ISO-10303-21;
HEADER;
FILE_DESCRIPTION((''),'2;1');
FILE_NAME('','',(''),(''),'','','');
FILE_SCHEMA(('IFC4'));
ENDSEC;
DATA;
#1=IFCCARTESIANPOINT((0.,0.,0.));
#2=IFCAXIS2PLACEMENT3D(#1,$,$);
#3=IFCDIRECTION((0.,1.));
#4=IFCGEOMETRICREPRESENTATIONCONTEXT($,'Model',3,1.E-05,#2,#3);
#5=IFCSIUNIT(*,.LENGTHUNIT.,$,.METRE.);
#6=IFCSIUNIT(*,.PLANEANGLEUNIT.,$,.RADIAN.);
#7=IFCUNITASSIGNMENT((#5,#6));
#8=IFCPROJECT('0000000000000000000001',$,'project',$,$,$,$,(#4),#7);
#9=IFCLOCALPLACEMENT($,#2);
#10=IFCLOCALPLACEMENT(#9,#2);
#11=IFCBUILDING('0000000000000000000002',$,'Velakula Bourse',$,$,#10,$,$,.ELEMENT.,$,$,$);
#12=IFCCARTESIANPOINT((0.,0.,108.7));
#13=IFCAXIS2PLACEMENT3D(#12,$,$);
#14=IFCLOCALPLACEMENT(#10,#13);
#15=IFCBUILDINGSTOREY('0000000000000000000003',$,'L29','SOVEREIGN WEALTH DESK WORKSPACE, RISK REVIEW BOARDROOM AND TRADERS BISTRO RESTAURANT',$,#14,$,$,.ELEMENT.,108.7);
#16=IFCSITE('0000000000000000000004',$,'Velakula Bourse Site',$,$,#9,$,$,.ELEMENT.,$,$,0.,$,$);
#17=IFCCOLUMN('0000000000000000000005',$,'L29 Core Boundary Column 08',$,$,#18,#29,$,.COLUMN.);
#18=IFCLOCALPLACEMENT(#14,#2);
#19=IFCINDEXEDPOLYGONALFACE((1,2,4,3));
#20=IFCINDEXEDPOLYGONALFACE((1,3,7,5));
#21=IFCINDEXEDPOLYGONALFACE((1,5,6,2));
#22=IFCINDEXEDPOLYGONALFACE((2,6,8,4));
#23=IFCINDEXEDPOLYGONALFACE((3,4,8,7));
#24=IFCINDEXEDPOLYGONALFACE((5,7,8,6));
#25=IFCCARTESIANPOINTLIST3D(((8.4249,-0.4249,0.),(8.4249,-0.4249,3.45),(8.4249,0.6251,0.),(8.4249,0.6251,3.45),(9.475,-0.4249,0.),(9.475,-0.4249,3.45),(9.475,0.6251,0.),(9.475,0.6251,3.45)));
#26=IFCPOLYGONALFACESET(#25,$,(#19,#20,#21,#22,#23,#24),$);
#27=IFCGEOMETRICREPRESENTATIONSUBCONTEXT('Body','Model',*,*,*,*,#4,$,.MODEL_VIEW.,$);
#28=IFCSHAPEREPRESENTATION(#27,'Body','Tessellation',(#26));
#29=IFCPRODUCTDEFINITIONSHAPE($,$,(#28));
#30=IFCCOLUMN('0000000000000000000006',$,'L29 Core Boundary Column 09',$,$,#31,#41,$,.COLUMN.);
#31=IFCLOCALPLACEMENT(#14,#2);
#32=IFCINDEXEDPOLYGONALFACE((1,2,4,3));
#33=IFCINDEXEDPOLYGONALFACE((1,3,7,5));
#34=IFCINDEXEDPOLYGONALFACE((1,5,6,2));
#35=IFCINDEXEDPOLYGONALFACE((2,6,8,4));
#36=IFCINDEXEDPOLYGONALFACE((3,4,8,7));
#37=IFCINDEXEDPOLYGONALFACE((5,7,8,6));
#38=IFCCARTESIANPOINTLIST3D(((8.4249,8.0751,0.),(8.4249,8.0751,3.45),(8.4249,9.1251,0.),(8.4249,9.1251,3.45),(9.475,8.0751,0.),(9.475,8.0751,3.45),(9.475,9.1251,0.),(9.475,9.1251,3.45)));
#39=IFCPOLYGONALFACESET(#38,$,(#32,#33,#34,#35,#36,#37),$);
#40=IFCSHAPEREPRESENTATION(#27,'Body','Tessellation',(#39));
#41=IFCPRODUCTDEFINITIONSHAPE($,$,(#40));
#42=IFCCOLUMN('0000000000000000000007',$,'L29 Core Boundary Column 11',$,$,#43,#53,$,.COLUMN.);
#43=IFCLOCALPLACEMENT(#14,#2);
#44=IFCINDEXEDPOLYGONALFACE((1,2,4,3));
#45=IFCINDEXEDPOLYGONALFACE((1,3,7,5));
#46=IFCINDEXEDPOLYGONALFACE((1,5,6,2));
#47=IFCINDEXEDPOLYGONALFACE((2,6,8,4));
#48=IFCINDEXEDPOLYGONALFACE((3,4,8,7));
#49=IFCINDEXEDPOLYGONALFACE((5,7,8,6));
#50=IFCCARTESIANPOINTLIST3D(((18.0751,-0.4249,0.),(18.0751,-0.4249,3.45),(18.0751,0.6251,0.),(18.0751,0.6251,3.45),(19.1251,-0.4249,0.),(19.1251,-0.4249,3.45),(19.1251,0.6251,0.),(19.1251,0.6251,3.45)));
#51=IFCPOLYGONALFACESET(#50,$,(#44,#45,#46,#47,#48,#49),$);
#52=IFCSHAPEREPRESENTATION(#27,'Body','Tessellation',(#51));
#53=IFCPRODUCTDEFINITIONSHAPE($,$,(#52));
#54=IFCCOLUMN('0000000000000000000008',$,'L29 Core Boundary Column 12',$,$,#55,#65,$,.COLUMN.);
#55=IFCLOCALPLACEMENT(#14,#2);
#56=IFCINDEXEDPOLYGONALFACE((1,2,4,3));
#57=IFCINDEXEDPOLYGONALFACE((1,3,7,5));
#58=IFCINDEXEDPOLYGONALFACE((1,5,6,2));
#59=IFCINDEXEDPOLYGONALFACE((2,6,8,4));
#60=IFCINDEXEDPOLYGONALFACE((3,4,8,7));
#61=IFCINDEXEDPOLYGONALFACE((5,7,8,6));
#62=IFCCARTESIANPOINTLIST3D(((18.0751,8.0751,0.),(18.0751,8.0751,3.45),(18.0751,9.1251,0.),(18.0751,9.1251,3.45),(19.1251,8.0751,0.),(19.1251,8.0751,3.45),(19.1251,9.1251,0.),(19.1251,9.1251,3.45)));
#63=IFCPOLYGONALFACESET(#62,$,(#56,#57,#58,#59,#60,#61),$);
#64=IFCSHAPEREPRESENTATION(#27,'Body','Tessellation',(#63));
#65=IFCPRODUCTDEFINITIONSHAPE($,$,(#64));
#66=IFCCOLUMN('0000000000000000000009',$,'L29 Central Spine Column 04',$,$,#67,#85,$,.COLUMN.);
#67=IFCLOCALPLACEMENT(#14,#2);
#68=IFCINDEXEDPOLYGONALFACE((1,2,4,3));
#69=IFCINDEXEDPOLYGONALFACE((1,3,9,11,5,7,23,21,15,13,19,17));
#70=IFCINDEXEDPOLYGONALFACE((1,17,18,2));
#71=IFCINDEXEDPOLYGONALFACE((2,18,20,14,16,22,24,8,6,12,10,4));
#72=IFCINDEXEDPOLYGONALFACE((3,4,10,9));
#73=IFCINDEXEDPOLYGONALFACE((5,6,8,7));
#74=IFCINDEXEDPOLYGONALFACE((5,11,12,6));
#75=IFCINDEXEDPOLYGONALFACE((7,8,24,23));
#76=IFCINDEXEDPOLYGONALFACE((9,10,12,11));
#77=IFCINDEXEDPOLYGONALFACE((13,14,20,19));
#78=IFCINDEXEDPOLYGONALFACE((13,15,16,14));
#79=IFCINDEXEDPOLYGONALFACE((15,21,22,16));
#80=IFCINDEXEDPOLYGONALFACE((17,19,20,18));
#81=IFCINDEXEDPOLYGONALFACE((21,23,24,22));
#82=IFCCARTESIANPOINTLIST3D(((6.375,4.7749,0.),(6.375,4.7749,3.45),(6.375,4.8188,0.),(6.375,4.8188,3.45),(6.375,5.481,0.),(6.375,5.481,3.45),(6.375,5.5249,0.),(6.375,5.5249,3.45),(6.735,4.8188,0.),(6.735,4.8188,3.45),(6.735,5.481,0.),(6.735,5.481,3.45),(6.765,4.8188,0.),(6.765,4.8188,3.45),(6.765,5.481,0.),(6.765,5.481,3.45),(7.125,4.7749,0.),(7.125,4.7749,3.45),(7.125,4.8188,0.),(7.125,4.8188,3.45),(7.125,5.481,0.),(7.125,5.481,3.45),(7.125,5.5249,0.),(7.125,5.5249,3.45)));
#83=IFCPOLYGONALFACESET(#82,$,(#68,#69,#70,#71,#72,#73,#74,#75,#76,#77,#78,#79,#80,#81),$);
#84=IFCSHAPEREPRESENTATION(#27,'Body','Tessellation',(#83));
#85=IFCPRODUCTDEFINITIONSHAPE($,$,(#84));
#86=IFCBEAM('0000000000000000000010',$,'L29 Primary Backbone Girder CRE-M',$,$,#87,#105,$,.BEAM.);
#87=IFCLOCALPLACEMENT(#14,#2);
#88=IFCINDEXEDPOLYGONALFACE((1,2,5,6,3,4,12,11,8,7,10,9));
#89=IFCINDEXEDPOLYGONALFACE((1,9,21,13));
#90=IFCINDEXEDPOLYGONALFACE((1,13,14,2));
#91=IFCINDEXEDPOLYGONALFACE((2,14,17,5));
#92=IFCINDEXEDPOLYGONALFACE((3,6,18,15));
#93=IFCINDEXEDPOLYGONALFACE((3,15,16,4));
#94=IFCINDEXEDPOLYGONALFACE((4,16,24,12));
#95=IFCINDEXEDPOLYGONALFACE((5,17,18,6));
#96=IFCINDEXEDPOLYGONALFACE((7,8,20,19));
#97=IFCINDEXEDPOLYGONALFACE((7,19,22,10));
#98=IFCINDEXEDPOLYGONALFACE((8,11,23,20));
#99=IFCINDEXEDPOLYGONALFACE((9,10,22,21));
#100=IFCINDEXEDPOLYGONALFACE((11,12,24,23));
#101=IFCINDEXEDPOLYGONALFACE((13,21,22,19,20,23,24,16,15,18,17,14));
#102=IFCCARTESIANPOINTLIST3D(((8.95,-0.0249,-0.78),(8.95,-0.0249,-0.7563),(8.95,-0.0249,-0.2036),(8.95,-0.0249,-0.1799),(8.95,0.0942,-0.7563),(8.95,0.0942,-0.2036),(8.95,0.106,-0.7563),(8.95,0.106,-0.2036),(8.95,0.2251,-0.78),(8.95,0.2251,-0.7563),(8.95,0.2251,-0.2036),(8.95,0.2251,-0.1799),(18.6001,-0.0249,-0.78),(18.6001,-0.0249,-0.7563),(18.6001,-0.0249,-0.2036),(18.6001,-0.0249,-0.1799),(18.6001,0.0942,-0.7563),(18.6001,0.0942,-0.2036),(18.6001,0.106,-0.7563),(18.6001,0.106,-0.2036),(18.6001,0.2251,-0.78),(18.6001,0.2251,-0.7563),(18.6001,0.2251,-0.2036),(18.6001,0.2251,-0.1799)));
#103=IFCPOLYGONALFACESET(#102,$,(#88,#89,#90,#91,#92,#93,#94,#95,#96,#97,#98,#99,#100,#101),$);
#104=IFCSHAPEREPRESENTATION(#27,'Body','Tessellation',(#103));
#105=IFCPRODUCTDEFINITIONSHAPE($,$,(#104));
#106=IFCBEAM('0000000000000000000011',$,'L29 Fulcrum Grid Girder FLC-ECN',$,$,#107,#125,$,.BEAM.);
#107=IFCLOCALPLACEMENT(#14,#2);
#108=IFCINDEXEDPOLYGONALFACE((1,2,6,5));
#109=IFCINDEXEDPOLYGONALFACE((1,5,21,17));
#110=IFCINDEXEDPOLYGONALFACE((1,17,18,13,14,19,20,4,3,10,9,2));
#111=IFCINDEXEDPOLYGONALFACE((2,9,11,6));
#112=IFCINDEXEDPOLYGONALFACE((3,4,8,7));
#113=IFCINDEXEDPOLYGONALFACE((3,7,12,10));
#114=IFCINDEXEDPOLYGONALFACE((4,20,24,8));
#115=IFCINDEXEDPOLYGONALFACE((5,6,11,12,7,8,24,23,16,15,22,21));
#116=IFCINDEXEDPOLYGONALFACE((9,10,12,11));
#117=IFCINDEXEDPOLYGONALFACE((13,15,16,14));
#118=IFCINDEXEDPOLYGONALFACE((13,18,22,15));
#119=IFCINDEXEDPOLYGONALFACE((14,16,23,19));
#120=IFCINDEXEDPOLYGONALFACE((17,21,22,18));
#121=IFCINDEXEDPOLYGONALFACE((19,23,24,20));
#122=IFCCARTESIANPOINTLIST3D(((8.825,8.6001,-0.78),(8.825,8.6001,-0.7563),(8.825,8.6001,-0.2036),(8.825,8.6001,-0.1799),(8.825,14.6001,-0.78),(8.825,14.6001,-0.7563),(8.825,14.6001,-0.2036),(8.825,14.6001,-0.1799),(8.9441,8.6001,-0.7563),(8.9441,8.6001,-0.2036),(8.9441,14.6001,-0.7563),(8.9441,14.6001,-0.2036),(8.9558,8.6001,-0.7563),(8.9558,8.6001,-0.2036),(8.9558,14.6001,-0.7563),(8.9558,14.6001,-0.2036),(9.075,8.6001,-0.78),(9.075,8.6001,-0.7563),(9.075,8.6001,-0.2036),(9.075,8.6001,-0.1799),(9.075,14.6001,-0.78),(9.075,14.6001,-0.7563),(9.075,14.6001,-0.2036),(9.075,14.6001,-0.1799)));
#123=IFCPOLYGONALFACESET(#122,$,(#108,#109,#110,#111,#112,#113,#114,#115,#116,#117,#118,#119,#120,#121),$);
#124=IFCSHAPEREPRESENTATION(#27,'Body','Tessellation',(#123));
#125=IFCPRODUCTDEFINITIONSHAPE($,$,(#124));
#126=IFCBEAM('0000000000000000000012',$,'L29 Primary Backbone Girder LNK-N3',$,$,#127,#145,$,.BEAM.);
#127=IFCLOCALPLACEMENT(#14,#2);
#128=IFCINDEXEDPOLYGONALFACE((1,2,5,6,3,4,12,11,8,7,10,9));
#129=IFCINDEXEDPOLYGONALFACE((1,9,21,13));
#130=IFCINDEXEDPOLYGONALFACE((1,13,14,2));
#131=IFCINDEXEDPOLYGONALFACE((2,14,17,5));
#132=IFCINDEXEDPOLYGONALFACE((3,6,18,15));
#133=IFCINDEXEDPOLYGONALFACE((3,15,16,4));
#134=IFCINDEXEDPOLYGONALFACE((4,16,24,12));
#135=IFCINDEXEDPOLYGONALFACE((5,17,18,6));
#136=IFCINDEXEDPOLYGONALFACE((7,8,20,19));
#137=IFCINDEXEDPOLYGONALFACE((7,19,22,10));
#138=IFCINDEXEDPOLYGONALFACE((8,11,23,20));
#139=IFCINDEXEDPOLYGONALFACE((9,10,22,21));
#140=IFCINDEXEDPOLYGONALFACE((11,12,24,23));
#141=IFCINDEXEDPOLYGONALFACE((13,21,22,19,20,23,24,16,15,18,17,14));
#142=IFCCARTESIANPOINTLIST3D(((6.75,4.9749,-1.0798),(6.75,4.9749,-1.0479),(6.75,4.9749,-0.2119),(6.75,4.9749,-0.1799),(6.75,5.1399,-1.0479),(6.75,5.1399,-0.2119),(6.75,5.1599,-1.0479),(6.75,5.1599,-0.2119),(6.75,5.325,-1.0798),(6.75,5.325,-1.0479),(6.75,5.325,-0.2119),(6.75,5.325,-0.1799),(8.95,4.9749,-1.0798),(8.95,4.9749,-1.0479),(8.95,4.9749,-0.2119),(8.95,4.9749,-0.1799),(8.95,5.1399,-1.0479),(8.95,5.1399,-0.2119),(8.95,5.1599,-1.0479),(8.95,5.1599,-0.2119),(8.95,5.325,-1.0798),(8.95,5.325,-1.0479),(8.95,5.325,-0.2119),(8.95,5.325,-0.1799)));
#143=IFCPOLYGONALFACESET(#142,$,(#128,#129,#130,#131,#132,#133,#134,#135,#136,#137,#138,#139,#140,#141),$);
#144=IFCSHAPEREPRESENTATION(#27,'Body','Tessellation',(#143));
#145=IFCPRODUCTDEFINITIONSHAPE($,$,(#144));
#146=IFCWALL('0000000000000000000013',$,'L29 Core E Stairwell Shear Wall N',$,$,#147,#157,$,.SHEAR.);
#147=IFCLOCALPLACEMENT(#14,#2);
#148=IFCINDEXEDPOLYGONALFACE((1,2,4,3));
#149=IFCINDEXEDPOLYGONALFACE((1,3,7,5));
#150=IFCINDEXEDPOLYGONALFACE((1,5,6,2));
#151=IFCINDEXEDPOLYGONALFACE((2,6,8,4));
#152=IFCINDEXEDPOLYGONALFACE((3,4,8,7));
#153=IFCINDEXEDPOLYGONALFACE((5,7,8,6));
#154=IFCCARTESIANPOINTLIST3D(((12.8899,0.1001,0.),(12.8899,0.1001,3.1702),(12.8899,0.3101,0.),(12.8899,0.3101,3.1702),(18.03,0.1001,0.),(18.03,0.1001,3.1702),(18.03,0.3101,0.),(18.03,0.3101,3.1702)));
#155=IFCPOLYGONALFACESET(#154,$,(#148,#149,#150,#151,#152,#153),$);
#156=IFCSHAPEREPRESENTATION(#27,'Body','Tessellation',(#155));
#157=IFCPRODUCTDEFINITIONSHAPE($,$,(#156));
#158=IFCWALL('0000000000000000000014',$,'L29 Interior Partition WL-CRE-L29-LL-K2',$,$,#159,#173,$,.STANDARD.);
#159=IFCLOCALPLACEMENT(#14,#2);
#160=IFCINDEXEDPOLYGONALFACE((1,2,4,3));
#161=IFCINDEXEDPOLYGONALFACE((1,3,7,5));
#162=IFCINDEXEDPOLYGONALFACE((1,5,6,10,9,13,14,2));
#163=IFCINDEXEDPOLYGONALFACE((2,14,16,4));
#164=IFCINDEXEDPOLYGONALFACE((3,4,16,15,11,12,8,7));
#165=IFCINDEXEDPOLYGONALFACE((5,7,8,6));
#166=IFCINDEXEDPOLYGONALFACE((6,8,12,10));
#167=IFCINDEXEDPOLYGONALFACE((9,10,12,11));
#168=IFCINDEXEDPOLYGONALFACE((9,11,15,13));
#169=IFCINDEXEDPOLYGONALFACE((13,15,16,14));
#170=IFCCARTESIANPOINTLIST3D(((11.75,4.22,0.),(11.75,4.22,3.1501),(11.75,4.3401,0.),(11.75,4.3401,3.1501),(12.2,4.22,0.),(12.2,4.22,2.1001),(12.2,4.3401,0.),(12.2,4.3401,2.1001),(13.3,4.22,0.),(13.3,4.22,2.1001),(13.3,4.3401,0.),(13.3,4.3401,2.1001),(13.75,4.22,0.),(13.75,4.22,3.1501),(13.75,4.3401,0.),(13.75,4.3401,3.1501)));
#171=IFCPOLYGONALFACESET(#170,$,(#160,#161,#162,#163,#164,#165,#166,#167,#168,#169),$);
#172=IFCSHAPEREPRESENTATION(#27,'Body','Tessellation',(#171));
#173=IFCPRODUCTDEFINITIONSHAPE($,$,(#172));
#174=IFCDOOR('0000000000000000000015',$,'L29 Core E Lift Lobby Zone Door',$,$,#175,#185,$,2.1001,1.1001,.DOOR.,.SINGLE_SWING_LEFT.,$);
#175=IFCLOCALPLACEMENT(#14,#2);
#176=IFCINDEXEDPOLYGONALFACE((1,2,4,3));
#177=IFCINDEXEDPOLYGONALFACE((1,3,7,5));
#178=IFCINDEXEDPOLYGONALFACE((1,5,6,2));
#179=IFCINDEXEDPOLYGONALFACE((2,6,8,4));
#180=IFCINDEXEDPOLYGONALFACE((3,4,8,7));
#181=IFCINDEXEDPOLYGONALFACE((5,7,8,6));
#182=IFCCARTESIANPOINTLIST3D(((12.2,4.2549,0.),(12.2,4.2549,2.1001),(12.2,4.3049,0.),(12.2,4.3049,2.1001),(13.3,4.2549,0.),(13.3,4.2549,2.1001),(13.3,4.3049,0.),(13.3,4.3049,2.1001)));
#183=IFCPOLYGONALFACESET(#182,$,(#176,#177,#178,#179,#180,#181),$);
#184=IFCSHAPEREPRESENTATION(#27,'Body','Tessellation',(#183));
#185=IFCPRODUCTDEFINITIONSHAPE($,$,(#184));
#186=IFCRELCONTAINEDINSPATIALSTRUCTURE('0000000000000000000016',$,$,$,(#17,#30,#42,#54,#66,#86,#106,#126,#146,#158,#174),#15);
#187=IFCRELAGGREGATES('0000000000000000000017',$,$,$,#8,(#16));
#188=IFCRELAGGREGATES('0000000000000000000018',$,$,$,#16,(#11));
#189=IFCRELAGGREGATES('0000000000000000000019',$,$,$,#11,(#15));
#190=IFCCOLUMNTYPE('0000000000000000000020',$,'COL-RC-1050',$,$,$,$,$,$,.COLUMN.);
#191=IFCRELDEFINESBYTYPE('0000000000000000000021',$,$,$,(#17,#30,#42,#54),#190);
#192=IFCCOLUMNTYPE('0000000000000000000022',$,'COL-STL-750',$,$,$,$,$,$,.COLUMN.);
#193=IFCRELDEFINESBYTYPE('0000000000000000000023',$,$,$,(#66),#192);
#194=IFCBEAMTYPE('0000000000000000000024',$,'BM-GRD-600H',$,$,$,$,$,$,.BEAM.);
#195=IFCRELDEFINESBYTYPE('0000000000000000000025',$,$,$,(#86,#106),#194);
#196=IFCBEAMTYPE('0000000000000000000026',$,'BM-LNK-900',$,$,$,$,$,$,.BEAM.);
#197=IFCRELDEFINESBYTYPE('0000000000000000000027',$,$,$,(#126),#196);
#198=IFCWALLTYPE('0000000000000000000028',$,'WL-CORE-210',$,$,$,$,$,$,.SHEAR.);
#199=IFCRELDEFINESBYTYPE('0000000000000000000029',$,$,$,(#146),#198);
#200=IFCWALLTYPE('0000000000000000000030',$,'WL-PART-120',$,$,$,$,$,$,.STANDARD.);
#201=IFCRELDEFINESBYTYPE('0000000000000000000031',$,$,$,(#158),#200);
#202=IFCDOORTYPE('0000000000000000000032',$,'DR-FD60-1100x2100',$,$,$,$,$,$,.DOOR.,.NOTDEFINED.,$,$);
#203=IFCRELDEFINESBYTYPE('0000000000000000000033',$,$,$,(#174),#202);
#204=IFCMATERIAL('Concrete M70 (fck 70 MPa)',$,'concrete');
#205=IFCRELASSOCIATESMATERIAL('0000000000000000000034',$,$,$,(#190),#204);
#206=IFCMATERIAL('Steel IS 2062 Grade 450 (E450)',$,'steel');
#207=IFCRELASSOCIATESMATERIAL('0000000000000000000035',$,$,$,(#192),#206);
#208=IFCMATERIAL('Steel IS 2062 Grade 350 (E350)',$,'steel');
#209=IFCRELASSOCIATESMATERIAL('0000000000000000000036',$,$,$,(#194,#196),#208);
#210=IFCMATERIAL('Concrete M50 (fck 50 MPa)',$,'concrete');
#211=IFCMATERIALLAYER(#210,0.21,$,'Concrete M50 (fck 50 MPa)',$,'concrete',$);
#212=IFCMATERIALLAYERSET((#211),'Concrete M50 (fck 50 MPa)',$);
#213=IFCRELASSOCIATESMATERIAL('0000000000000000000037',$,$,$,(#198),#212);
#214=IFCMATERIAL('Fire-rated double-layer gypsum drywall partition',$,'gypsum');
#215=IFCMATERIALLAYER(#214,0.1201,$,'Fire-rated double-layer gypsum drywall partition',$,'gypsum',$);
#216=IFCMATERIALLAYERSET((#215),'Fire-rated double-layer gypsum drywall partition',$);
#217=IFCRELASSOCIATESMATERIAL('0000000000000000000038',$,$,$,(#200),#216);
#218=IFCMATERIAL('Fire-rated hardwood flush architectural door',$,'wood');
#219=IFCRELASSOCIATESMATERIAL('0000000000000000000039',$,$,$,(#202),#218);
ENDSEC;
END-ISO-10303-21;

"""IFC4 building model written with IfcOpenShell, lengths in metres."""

from ifc_helpers import new_model, si_unit, direction, frame, frame_2d, origin, origin_2d, place, context, subcontext, project, spatial, rectangle, i_section, extrude, material, layer, layer_set, material_profile, profile_set, type_object, element, fill, save


model = new_model("IFC4")

# Units and contexts
model_context = context("Model", 3, precision=1e-05, world=origin(), true_north=direction((0.0, 1.0)))
body_context = subcontext(model_context, "Body", "Model", "MODEL_VIEW")
ifc_project = project(units=[si_unit("LENGTHUNIT", "METRE"), si_unit("PLANEANGLEUNIT", "RADIAN")], contexts=[model_context])

# Site, building, storey
site_placement = place(None, origin())
site = spatial("IfcSite", under=ifc_project, at=site_placement, Name="Velakula Bourse Site", CompositionType="ELEMENT", RefElevation=0.0)
building_placement = place(site_placement, origin())
building = spatial("IfcBuilding", under=site, at=building_placement, Name="Velakula Bourse", CompositionType="ELEMENT")
storey_placement = place(building_placement, frame((0.0, 0.0, 108.7)))
storey = spatial("IfcBuildingStorey", under=building, at=storey_placement, Name="L29", Description="SOVEREIGN WEALTH DESK WORKSPACE, RISK REVIEW BOARDROOM AND TRADERS BISTRO RESTAURANT", CompositionType="ELEMENT", Elevation=108.7)

# Columns
ifc_material_1 = material(Name="Concrete M70 (fck 70 MPa)", Category="concrete")
ifc_material_profile_1 = material_profile(ifc_material_1, rectangle(XDim=1.05, YDim=1.05, at=origin_2d()), Name="Concrete M70 (fck 70 MPa)")
ifc_profile_set_1 = profile_set([ifc_material_profile_1], Name="Concrete M70 (fck 70 MPa)")
column_type_1 = type_object("IfcColumnType", Name="COL-RC-1050", PredefinedType="COLUMN", material=ifc_profile_set_1)
for number, where, z_axis, x_axis, name in (
    (1, (8.95, 0.1001, 0.0), (0.0, 0.0, 1.0), (1.0, 0.0, 0.0), "L29 Core Boundary Column 08"),
    (2, (8.95, 8.6001, 0.0), (0.0, 0.0, 1.0), (1.0, 0.0, 0.0), "L29 Core Boundary Column 09"),
    (3, (18.6001, 0.1001, 0.0), (0.0, 0.0, 1.0), (1.0, 0.0, 0.0), "L29 Core Boundary Column 11"),
    (4, (18.6001, 8.6001, 0.0), (0.0, 0.0, 1.0), (1.0, 0.0, 0.0), "L29 Core Boundary Column 12"),
):
    element("IfcColumn", number, at=place(storey_placement, frame(where, z_axis=z_axis, x_axis=x_axis)), inside=storey, type_object=column_type_1, Name=name, PredefinedType="COLUMN", context=body_context, shape_type="SweptSolid", body=[
        extrude(rectangle(XDim=1.05, YDim=1.05, at=origin_2d()), origin(), (0.0, 0.0, 1.0), 3.45),
    ])
ifc_material_2 = material(Name="Steel IS 2062 Grade 450 (E450)", Category="steel")
ifc_material_profile_2 = material_profile(ifc_material_2, i_section(OverallWidth=0.75, OverallDepth=0.75, WebThickness=0.03, FlangeThickness=0.0439, at=origin_2d()), Name="Steel IS 2062 Grade 450 (E450)")
ifc_profile_set_2 = profile_set([ifc_material_profile_2], Name="Steel IS 2062 Grade 450 (E450)")
column_type_2 = type_object("IfcColumnType", Name="COL-STL-750", PredefinedType="COLUMN", material=ifc_profile_set_2)
column_placement = place(storey_placement, frame((6.75, 5.1499, 0.0), z_axis=(0.0, 0.0, 1.0), x_axis=(1.0, 0.0, 0.0)))
element("IfcColumn", 5, at=column_placement, inside=storey, type_object=column_type_2, Name="L29 Central Spine Column 04", PredefinedType="COLUMN", context=body_context, shape_type="SweptSolid", body=[
    extrude(i_section(OverallWidth=0.75, OverallDepth=0.75, WebThickness=0.03, FlangeThickness=0.0439, at=origin_2d()), origin(), (0.0, 0.0, 1.0), 3.45),
])

# Beams
ifc_material_3 = material(Name="Steel IS 2062 Grade 350 (E350)", Category="steel")
ifc_material_profile_3 = material_profile(ifc_material_3, i_section(OverallWidth=0.25, OverallDepth=0.6001, WebThickness=0.0117, FlangeThickness=0.0237, at=origin_2d()), Name="Steel IS 2062 Grade 350 (E350)")
ifc_profile_set_3 = profile_set([ifc_material_profile_3], Name="Steel IS 2062 Grade 350 (E350)")
beam_type_1 = type_object("IfcBeamType", Name="BM-GRD-600H", PredefinedType="BEAM", material=ifc_profile_set_3)
beam_1_placement = place(storey_placement, frame((8.95, 0.1001, -0.48), z_axis=(1.0, 0.0, 0.0), x_axis=(0.0, 1.0, 0.0)))
element("IfcBeam", 6, at=beam_1_placement, inside=storey, type_object=beam_type_1, Name="L29 Primary Backbone Girder CRE-M", PredefinedType="BEAM", context=body_context, shape_type="SweptSolid", body=[
    extrude(i_section(OverallWidth=0.25, OverallDepth=0.6001, WebThickness=0.0117, FlangeThickness=0.0237, at=origin_2d()), origin(), (0.0, 0.0, 1.0), 9.6501),
])
beam_2_placement = place(storey_placement, frame((8.95, 8.6001, -0.48), z_axis=(0.0, 1.0, 0.0), x_axis=(-1.0, 0.0, 0.0)))
element("IfcBeam", 7, at=beam_2_placement, inside=storey, type_object=beam_type_1, Name="L29 Fulcrum Grid Girder FLC-ECN", PredefinedType="BEAM", context=body_context, shape_type="SweptSolid", body=[
    extrude(i_section(OverallWidth=0.25, OverallDepth=0.6001, WebThickness=0.0117, FlangeThickness=0.0237, at=origin_2d()), origin(), (0.0, 0.0, 1.0), 6.0),
])
ifc_material_profile_4 = material_profile(ifc_material_3, i_section(OverallWidth=0.3501, OverallDepth=0.8999, WebThickness=0.02, FlangeThickness=0.032, at=origin_2d()), Name="Steel IS 2062 Grade 350 (E350)")
ifc_profile_set_4 = profile_set([ifc_material_profile_4], Name="Steel IS 2062 Grade 350 (E350)")
beam_type_2 = type_object("IfcBeamType", Name="BM-LNK-900", PredefinedType="BEAM", material=ifc_profile_set_4)
beam_3_placement = place(storey_placement, frame((6.75, 5.1499, -0.6299), z_axis=(1.0, 0.0, 0.0), x_axis=(0.0, 1.0, 0.0)))
element("IfcBeam", 8, at=beam_3_placement, inside=storey, type_object=beam_type_2, Name="L29 Primary Backbone Girder LNK-N3", PredefinedType="BEAM", context=body_context, shape_type="SweptSolid", body=[
    extrude(i_section(OverallWidth=0.3501, OverallDepth=0.8999, WebThickness=0.02, FlangeThickness=0.032, at=origin_2d()), origin(), (0.0, 0.0, 1.0), 2.2),
])

# Wall
ifc_material_4 = material(Name="Concrete M50 (fck 50 MPa)", Category="concrete")
ifc_layer_1 = layer(ifc_material_4, 0.21, Name="Concrete M50 (fck 50 MPa)", Category="concrete")
ifc_layer_set_1 = layer_set([ifc_layer_1], Name="Concrete M50 (fck 50 MPa)")
wall_type_1 = type_object("IfcWallType", Name="WL-CORE-210", PredefinedType="SHEAR", material=ifc_layer_set_1)
wall_1_placement = place(storey_placement, frame((18.03, 0.2051, 0.0), z_axis=(0.0, 0.0, 1.0), x_axis=(-1.0, 0.0, 0.0)))
element("IfcWall", 9, at=wall_1_placement, inside=storey, type_object=wall_type_1, Name="L29 Core E Stairwell Shear Wall N", PredefinedType="SHEAR", context=body_context, shape_type="SweptSolid", body=[
    extrude(rectangle(XDim=5.1401, YDim=0.21, at=frame_2d((2.5701, 0.0))), origin(), (0.0, 0.0, 1.0), 3.1702),
])

# Wall, opening, door
ifc_material_5 = material(Name="Fire-rated double-layer gypsum drywall partition", Category="gypsum")
ifc_layer_2 = layer(ifc_material_5, 0.1201, Name="Fire-rated double-layer gypsum drywall partition", Category="gypsum")
ifc_layer_set_2 = layer_set([ifc_layer_2], Name="Fire-rated double-layer gypsum drywall partition")
wall_type_2 = type_object("IfcWallType", Name="WL-PART-120", PredefinedType="STANDARD", material=ifc_layer_set_2)
wall_2_placement = place(storey_placement, frame((11.75, 4.28, 0.0), z_axis=(0.0, 0.0, 1.0), x_axis=(1.0, 0.0, 0.0)))
wall_2 = element("IfcWall", 10, at=wall_2_placement, inside=storey, type_object=wall_type_2, Name="L29 Interior Partition WL-CRE-L29-LL-K2", PredefinedType="STANDARD", context=body_context, shape_type="SweptSolid", body=[
    extrude(rectangle(XDim=2.0, YDim=0.1201, at=frame_2d((1.0, 0.0))), origin(), (0.0, 0.0, 1.0), 3.1501),
])
opening_1_placement = place(wall_2_placement, frame((0.45, 0.0, 0.0)))
opening_1 = element("IfcOpeningElement", 11, at=opening_1_placement, cuts=wall_2, PredefinedType="OPENING", context=body_context, shape_type="SweptSolid", body=[
    extrude(rectangle(XDim=1.1001, YDim=2.1001, at=frame_2d((0.55, 1.05))), frame((0.0, 0.0701, 0.0), z_axis=(0.0, -1.0, 0.0), x_axis=(1.0, 0.0, 0.0)), (0.0, 0.0, 1.0), 0.1401),
])
ifc_material_6 = material(Name="Fire-rated hardwood flush architectural door", Category="wood")
door_type_1 = type_object("IfcDoorType", Name="DR-FD60-1100x2100", OperationType="NOTDEFINED", PredefinedType="DOOR", material=ifc_material_6)
door_1_placement = place(opening_1_placement, origin())
door_1 = element("IfcDoor", 12, at=door_1_placement, inside=storey, type_object=door_type_1, Name="L29 Core E Lift Lobby Zone Door", OperationType="SINGLE_SWING_LEFT", OverallHeight=2.1001, OverallWidth=1.1001, PredefinedType="DOOR", context=body_context, shape_type="SweptSolid", body=[
    extrude(rectangle(XDim=1.1001, YDim=2.1001, at=frame_2d((0.55, 1.05))), frame((0.0, 0.0249, 0.0), z_axis=(0.0, -1.0, 0.0), x_axis=(1.0, 0.0, 0.0)), (0.0, 0.0, 1.0), 0.05),
])
fill(opening_1, door_1)

save(model, "model.ifc")
